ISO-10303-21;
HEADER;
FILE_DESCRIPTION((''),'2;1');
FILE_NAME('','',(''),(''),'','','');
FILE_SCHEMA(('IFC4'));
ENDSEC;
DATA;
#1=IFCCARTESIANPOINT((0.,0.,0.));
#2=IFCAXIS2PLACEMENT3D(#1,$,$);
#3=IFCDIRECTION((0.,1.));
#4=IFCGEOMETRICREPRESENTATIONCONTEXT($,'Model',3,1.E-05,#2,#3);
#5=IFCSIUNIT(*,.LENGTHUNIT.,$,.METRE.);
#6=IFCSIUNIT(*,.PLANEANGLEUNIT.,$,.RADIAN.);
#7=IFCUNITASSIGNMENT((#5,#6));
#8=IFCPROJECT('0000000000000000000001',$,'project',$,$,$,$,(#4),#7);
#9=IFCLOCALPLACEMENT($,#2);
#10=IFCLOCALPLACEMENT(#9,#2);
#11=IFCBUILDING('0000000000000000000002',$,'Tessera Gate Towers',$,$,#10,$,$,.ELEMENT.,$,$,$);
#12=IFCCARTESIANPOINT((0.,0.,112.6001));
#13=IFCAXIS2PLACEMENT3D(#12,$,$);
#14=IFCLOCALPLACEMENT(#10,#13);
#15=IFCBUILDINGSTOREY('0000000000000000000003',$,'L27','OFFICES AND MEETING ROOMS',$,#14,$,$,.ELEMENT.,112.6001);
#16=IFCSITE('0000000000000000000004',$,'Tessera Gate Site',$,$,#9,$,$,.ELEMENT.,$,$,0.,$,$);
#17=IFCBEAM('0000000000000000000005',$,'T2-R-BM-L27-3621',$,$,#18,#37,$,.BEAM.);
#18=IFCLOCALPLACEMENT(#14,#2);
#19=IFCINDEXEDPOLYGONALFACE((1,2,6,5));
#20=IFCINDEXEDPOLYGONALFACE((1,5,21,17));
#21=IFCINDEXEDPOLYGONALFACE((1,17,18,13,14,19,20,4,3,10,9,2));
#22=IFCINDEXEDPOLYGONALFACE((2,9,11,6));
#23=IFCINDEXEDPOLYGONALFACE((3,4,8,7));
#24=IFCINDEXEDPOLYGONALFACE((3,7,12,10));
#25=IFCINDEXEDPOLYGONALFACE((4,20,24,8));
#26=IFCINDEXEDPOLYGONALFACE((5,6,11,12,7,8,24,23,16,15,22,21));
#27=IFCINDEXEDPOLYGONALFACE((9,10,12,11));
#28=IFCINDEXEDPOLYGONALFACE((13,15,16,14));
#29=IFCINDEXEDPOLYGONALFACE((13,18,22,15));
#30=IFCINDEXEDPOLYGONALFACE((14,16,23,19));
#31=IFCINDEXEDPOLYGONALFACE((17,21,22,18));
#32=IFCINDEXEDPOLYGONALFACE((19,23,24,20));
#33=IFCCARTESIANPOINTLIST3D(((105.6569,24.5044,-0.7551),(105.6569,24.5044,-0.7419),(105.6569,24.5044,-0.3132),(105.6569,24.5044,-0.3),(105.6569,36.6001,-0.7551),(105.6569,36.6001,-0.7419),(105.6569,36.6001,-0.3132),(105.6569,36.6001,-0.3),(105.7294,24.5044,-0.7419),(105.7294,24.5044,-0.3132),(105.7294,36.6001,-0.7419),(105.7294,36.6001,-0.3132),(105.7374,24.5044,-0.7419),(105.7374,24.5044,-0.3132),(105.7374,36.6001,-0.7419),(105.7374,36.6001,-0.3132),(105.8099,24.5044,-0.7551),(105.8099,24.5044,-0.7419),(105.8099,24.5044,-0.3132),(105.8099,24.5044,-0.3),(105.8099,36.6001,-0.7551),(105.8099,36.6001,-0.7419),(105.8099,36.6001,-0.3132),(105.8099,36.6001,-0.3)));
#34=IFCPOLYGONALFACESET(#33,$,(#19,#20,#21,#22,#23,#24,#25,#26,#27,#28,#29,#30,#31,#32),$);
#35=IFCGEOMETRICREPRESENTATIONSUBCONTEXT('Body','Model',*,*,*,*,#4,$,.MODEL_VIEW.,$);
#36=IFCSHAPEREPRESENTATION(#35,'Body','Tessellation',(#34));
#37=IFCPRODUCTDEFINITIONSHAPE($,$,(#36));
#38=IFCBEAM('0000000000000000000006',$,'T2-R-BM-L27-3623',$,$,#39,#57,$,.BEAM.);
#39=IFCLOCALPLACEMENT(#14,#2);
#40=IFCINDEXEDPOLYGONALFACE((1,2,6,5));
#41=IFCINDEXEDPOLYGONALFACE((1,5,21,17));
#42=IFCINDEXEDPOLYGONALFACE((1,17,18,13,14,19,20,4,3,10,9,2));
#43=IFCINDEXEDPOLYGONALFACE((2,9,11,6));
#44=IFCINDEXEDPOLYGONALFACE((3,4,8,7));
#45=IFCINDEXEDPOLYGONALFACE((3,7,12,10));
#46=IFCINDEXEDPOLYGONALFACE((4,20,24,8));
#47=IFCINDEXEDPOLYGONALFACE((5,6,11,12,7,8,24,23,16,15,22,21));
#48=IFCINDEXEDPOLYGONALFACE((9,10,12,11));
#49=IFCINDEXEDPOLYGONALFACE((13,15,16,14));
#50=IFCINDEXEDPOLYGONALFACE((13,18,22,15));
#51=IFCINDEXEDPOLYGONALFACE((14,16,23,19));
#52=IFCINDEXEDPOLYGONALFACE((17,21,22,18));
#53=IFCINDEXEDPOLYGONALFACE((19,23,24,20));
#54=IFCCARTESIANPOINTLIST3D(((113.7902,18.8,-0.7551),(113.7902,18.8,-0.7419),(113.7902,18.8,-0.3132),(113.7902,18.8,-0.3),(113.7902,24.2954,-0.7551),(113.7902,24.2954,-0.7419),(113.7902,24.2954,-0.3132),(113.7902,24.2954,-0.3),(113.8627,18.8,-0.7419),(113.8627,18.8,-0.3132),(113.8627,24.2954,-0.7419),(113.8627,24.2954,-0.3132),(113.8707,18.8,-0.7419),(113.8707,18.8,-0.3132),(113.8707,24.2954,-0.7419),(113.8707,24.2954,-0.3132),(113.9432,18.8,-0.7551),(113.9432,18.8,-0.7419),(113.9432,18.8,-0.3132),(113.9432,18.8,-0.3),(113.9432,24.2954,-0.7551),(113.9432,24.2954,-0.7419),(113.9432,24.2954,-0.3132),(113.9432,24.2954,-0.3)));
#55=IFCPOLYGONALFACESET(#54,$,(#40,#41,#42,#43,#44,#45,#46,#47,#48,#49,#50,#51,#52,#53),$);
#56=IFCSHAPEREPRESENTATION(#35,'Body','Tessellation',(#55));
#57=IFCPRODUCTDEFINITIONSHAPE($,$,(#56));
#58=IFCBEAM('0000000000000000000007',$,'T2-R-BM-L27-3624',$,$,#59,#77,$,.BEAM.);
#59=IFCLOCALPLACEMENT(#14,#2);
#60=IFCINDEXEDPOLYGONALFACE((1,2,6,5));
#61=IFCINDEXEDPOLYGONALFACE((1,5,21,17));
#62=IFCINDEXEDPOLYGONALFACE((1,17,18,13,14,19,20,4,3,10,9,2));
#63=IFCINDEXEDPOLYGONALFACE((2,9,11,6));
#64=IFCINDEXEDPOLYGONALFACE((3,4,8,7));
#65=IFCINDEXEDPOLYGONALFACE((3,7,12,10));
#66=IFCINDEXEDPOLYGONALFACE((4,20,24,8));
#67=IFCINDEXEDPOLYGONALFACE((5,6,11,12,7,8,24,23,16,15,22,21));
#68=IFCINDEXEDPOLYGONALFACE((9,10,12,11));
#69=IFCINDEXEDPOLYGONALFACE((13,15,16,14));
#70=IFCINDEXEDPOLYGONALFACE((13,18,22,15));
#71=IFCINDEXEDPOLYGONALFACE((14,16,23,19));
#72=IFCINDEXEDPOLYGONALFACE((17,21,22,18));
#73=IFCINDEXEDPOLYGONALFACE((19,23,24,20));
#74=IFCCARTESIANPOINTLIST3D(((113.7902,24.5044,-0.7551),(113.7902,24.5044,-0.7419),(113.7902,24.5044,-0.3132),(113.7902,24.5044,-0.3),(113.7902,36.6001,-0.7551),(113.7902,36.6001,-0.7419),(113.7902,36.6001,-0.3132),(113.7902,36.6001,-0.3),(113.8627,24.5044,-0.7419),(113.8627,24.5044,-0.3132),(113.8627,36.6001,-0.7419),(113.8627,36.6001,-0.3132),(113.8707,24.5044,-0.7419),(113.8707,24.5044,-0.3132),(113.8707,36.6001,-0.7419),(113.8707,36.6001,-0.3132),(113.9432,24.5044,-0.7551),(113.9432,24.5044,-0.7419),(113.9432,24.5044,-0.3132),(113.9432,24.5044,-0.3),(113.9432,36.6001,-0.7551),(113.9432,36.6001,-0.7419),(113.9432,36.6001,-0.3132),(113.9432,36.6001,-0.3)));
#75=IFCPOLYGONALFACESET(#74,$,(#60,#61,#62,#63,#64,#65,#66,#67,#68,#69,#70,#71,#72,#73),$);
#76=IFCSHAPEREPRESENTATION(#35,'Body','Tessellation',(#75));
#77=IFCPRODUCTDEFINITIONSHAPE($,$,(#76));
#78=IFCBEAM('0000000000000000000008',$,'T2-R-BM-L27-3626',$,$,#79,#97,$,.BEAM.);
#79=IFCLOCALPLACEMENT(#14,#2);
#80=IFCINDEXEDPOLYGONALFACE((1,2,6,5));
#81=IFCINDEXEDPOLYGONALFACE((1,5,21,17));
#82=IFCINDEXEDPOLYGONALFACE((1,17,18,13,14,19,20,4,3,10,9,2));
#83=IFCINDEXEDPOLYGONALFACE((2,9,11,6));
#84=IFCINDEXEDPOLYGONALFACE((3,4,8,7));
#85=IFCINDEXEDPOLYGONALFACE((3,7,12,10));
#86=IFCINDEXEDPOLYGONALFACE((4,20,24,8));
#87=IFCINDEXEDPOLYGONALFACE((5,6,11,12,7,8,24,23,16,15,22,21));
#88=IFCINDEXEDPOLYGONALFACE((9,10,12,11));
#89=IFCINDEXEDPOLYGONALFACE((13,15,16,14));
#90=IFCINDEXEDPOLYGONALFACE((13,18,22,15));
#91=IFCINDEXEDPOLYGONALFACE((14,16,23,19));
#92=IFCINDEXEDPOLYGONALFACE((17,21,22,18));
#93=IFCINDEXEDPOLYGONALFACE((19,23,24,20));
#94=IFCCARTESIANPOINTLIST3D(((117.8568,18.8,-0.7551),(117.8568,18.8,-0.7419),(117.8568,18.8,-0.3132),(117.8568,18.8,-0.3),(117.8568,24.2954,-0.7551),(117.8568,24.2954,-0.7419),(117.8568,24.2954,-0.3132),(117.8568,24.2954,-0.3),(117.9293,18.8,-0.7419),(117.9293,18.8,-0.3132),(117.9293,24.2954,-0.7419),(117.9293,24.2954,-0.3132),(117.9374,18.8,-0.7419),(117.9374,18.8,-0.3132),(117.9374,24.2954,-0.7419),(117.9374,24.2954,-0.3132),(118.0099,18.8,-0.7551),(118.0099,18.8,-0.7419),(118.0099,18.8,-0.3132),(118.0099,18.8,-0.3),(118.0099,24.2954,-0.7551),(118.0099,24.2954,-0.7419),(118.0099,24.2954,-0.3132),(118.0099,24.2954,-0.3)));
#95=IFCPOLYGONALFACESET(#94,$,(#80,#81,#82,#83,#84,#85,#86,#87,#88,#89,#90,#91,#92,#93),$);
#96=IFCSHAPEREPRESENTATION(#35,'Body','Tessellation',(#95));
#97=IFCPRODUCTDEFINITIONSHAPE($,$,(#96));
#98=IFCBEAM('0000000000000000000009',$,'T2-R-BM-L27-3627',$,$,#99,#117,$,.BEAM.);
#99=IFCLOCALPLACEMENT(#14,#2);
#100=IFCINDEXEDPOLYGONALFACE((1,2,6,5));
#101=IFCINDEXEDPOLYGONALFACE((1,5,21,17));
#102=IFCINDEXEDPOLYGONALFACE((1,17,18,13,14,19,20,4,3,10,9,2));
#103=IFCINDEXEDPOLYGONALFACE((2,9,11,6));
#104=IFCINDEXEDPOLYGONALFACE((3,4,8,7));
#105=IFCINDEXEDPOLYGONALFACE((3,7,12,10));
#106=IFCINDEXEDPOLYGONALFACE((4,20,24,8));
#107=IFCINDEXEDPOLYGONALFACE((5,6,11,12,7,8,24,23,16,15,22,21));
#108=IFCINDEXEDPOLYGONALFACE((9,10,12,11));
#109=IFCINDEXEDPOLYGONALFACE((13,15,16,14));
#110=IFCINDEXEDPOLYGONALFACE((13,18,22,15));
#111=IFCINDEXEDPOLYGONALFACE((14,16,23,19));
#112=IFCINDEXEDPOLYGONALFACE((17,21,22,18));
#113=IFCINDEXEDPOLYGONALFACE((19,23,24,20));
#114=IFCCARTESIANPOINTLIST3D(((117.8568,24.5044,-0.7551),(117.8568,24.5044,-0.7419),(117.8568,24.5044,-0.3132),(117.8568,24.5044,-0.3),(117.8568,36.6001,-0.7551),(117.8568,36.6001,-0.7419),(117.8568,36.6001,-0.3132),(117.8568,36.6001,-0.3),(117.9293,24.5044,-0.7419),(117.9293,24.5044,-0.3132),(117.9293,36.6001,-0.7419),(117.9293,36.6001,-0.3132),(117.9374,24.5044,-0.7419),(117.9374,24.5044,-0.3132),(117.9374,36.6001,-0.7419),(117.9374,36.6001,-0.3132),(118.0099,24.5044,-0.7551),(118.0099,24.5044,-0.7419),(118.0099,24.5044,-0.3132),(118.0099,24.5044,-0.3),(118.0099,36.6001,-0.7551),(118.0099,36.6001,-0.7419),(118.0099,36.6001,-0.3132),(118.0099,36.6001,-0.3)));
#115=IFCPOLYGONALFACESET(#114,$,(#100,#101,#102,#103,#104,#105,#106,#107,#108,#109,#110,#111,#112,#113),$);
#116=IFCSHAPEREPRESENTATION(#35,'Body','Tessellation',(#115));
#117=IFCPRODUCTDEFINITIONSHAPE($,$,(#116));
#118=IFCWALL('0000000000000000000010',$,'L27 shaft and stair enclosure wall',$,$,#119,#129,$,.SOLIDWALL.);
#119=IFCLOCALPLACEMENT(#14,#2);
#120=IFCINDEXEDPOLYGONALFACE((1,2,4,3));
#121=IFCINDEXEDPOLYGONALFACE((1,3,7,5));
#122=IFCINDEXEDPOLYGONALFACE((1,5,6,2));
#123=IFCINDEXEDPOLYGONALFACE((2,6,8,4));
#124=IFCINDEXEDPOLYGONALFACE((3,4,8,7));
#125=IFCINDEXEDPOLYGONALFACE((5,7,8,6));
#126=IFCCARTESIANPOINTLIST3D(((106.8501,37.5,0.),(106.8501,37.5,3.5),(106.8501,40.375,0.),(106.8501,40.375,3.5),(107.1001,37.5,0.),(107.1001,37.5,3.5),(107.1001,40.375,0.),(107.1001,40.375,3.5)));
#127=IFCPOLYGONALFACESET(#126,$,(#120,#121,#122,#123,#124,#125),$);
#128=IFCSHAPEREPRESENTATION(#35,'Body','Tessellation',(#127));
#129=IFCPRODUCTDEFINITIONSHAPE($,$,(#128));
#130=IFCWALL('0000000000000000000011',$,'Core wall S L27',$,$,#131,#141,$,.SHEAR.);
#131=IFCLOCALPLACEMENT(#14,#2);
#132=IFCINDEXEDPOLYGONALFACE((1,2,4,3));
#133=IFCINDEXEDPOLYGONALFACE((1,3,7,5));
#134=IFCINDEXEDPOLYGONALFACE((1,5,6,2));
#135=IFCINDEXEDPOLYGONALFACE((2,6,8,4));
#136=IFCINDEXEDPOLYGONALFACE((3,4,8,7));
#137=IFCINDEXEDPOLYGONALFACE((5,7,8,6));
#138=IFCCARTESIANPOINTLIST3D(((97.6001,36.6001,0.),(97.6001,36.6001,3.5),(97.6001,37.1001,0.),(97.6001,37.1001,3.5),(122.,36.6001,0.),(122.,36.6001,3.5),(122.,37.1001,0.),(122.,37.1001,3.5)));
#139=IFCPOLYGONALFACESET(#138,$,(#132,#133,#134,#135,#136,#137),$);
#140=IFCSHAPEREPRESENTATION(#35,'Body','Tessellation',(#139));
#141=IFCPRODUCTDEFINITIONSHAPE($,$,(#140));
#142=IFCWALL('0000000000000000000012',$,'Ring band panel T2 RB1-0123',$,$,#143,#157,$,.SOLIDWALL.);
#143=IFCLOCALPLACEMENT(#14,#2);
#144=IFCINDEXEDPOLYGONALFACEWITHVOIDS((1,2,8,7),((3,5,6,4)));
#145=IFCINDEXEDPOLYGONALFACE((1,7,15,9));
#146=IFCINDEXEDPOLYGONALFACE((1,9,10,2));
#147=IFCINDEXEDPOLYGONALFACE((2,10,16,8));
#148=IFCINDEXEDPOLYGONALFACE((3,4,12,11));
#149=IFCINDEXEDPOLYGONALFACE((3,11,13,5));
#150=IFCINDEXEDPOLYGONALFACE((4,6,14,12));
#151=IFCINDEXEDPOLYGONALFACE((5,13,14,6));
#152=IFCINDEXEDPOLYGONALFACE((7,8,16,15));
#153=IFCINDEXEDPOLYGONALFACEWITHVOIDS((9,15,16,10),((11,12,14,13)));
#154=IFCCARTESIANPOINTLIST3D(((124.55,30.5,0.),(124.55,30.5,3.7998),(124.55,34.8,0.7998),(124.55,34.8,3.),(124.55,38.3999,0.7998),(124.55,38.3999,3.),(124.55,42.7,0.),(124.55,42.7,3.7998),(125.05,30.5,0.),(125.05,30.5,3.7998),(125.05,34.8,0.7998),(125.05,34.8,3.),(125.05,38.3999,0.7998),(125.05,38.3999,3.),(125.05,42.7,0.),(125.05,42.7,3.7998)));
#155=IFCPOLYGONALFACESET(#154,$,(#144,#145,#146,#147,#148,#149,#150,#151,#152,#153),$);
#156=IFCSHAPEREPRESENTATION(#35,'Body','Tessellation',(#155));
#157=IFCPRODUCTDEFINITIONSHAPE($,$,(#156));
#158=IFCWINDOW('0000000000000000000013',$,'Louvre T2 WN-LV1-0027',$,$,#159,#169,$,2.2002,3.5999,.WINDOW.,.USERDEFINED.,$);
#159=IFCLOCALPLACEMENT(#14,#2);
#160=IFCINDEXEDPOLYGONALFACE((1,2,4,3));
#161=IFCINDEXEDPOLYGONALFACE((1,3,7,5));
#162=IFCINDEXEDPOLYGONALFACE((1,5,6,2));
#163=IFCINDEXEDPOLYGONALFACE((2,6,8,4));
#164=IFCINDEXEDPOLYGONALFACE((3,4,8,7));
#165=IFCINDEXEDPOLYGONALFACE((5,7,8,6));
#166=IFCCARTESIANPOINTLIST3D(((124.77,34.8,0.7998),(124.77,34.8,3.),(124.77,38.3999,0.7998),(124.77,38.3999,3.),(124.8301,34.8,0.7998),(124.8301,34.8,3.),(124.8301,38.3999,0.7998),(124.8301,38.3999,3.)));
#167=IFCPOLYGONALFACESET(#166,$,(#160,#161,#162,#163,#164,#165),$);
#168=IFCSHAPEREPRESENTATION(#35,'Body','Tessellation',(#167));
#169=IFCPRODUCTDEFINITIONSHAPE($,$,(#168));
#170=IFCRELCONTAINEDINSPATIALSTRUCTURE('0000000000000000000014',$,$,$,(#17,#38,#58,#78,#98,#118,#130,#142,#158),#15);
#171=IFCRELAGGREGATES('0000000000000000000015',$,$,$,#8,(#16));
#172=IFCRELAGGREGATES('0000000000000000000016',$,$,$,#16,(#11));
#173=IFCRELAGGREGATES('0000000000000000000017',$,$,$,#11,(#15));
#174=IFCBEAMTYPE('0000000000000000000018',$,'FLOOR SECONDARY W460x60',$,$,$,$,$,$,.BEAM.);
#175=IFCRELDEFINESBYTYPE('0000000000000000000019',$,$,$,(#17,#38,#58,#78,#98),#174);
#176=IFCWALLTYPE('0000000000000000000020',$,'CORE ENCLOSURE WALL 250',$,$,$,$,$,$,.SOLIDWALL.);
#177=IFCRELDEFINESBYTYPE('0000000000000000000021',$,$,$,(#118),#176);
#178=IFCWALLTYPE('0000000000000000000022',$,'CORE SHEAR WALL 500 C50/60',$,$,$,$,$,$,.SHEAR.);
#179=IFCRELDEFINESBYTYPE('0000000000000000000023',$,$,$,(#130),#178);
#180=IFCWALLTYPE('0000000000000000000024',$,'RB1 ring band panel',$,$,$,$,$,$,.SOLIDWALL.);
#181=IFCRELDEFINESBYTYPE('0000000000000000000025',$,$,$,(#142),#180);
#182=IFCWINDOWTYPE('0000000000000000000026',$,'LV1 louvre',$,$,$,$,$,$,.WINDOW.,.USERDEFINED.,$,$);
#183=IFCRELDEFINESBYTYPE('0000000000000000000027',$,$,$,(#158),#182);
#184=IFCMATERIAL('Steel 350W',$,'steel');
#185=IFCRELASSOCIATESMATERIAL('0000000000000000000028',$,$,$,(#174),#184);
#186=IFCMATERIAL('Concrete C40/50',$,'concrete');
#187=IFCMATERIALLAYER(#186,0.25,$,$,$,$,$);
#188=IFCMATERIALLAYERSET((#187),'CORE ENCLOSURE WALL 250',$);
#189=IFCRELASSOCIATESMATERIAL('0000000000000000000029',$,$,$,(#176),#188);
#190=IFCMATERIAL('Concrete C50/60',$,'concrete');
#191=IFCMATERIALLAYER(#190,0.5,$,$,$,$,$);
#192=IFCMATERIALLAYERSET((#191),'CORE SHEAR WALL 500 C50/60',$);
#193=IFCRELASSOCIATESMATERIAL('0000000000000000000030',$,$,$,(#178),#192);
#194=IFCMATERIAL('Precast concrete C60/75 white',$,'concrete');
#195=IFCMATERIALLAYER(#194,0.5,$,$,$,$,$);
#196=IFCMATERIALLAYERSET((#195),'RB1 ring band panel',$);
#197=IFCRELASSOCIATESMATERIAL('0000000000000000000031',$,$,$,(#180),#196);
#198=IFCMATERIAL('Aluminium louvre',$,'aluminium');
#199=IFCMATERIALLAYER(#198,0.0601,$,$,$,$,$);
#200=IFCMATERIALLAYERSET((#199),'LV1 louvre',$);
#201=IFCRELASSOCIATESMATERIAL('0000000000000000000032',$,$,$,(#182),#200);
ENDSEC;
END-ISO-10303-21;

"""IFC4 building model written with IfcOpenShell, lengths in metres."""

from ifc_helpers import new_model, si_unit, direction, frame, frame_2d, origin, origin_2d, place, context, subcontext, project, spatial, polyline, rectangle, i_section, outline, extrude, source, transform, mapped, material, layer, layer_set, material_profile, profile_set, type_object, element, fill, save


model = new_model("IFC4")

# Units and contexts
model_context = context("Model", 3, precision=1e-05, world=origin(), true_north=direction((0.0, 1.0)))
body_context = subcontext(model_context, "Body", "Model", "MODEL_VIEW")
ifc_project = project(units=[si_unit("LENGTHUNIT", "METRE"), si_unit("PLANEANGLEUNIT", "RADIAN")], contexts=[model_context])

# Site, building, storey
site_placement = place(None, origin())
site = spatial("IfcSite", under=ifc_project, at=site_placement, Name="Tessera Gate Site", CompositionType="ELEMENT", RefElevation=0.0)
building_placement = place(site_placement, origin())
building = spatial("IfcBuilding", under=site, at=building_placement, Name="Tessera Gate Towers", CompositionType="ELEMENT")
storey_placement = place(building_placement, frame((0.0, 0.0, 112.6001)))
storey = spatial("IfcBuildingStorey", under=building, at=storey_placement, Name="L27", Description="OFFICES AND MEETING ROOMS", CompositionType="ELEMENT", Elevation=112.6001)

# Beams
ifc_material_1 = material(Name="Steel 350W", Category="steel")
ifc_material_profile_1 = material_profile(ifc_material_1, i_section(OverallWidth=0.1531, OverallDepth=0.4551, WebThickness=0.0081, FlangeThickness=0.0132, at=origin_2d()), Name="W460x60")
ifc_profile_set_1 = profile_set([ifc_material_profile_1], Name="Steel 350W")
beam_type_1 = type_object("IfcBeamType", Name="FLOOR SECONDARY W460x60", PredefinedType="BEAM", material=ifc_profile_set_1)
beam_1_placement = place(storey_placement, frame((105.7334, 24.5044, -0.5276), z_axis=(0.0, 1.0, 0.0), x_axis=(-1.0, 0.0, 0.0)))
element("IfcBeam", 1, at=beam_1_placement, inside=storey, type_object=beam_type_1, Name="T2-R-BM-L27-3621", PredefinedType="BEAM", context=body_context, shape_type="SweptSolid", body=[
    extrude(i_section(OverallWidth=0.1531, OverallDepth=0.4551, WebThickness=0.0081, FlangeThickness=0.0132, at=origin_2d()), origin(), (0.0, 0.0, 1.0), 12.0957),
])
beam_2_placement = place(storey_placement, frame((113.8667, 18.8, -0.5276), z_axis=(0.0, 1.0, 0.0), x_axis=(-1.0, 0.0, 0.0)))
element("IfcBeam", 2, at=beam_2_placement, inside=storey, type_object=beam_type_1, Name="T2-R-BM-L27-3623", PredefinedType="BEAM", context=body_context, shape_type="SweptSolid", body=[
    extrude(i_section(OverallWidth=0.1531, OverallDepth=0.4551, WebThickness=0.0081, FlangeThickness=0.0132, at=origin_2d()), origin(), (0.0, 0.0, 1.0), 5.4954),
])
beam_3_placement = place(storey_placement, frame((113.8667, 24.5044, -0.5276), z_axis=(0.0, 1.0, 0.0), x_axis=(-1.0, 0.0, 0.0)))
element("IfcBeam", 3, at=beam_3_placement, inside=storey, type_object=beam_type_1, Name="T2-R-BM-L27-3624", PredefinedType="BEAM", context=body_context, shape_type="SweptSolid", body=[
    extrude(i_section(OverallWidth=0.1531, OverallDepth=0.4551, WebThickness=0.0081, FlangeThickness=0.0132, at=origin_2d()), origin(), (0.0, 0.0, 1.0), 12.0957),
])
beam_4_placement = place(storey_placement, frame((117.9333, 18.8, -0.5276), z_axis=(0.0, 1.0, 0.0), x_axis=(-1.0, 0.0, 0.0)))
element("IfcBeam", 4, at=beam_4_placement, inside=storey, type_object=beam_type_1, Name="T2-R-BM-L27-3626", PredefinedType="BEAM", context=body_context, shape_type="SweptSolid", body=[
    extrude(i_section(OverallWidth=0.1531, OverallDepth=0.4551, WebThickness=0.0081, FlangeThickness=0.0132, at=origin_2d()), origin(), (0.0, 0.0, 1.0), 5.4954),
])
beam_5_placement = place(storey_placement, frame((117.9333, 24.5044, -0.5276), z_axis=(0.0, 1.0, 0.0), x_axis=(-1.0, 0.0, 0.0)))
element("IfcBeam", 5, at=beam_5_placement, inside=storey, type_object=beam_type_1, Name="T2-R-BM-L27-3627", PredefinedType="BEAM", context=body_context, shape_type="SweptSolid", body=[
    extrude(i_section(OverallWidth=0.1531, OverallDepth=0.4551, WebThickness=0.0081, FlangeThickness=0.0132, at=origin_2d()), origin(), (0.0, 0.0, 1.0), 12.0957),
])

# Walls
ifc_material_2 = material(Name="Concrete C40/50", Category="concrete")
ifc_layer_1 = layer(ifc_material_2, 0.25)
ifc_layer_set_1 = layer_set([ifc_layer_1], Name="CORE ENCLOSURE WALL 250")
wall_type_1 = type_object("IfcWallType", Name="CORE ENCLOSURE WALL 250", PredefinedType="SOLIDWALL", material=ifc_layer_set_1)
wall_1_placement = place(storey_placement, frame((106.9751, 37.5, 0.0), z_axis=(0.0, 0.0, 1.0), x_axis=(0.0, 1.0, 0.0)))
element("IfcWall", 6, at=wall_1_placement, inside=storey, type_object=wall_type_1, Name="L27 shaft and stair enclosure wall", PredefinedType="SOLIDWALL", context=body_context, shape_type="SweptSolid", body=[
    extrude(rectangle(XDim=2.875, YDim=0.25, at=frame_2d((1.4375, 0.0))), origin(), (0.0, 0.0, 1.0), 3.5),
])
ifc_material_3 = material(Name="Concrete C50/60", Category="concrete")
ifc_layer_2 = layer(ifc_material_3, 0.5)
ifc_layer_set_2 = layer_set([ifc_layer_2], Name="CORE SHEAR WALL 500 C50/60")
wall_type_2 = type_object("IfcWallType", Name="CORE SHEAR WALL 500 C50/60", PredefinedType="SHEAR", material=ifc_layer_set_2)
wall_2_placement = place(storey_placement, frame((122.0, 36.8501, 0.0), z_axis=(0.0, 0.0, 1.0), x_axis=(-1.0, 0.0, 0.0)))
element("IfcWall", 7, at=wall_2_placement, inside=storey, type_object=wall_type_2, Name="Core wall S L27", PredefinedType="SHEAR", context=body_context, shape_type="SweptSolid", body=[
    extrude(rectangle(XDim=24.3999, YDim=0.5, at=frame_2d((12.2, 0.0))), origin(), (0.0, 0.0, 1.0), 3.5),
])

# Wall, opening, window
ifc_material_4 = material(Name="Precast concrete C60/75 white", Category="concrete")
ifc_layer_3 = layer(ifc_material_4, 0.5)
ifc_layer_set_3 = layer_set([ifc_layer_3], Name="RB1 ring band panel")
wall_type_3 = type_object("IfcWallType", Name="RB1 ring band panel", PredefinedType="SOLIDWALL", material=ifc_layer_set_3)
shared_shape_1 = source(origin(), body_context, "Body", "SweptSolid", [
    extrude(outline(polyline([(0.0, 0.0), (12.2, 0.0), (12.2, 3.7998), (0.0, 3.7998), (0.0, 0.0)])), frame((0.0, 0.25, 0.0), z_axis=(0.0, -1.0, 0.0), x_axis=(1.0, 0.0, 0.0)), (0.0, 0.0, 1.0), 0.5),
])
wall_3_placement = place(storey_placement, frame((124.8, 30.5, 0.0), z_axis=(0.0, 0.0, 1.0), x_axis=(0.0, 1.0, 0.0)))
wall_3 = element("IfcWall", 8, at=wall_3_placement, inside=storey, type_object=wall_type_3, Name="Ring band panel T2 RB1-0123", PredefinedType="SOLIDWALL", context=body_context, shape_type="MappedRepresentation", body=[
    mapped(shared_shape_1, transform((0.0, 0.0, 0.0), scale=1.0)),
])
shared_shape_2 = source(origin(), body_context, "Body", "SweptSolid", [
    extrude(outline(polyline([(4.3, 0.7998), (7.8999, 0.7998), (7.8999, 3.0), (4.3, 3.0), (4.3, 0.7998)])), frame((0.0, 0.26, 0.0), z_axis=(0.0, -1.0, 0.0), x_axis=(1.0, 0.0, 0.0)), (0.0, 0.0, 1.0), 0.52),
])
opening_placement = place(wall_3_placement, origin())
opening = element("IfcOpeningElement", 9, at=opening_placement, cuts=wall_3, PredefinedType="OPENING", context=body_context, shape_type="MappedRepresentation", body=[
    mapped(shared_shape_2, transform((0.0, 0.0, 0.0), scale=1.0)),
])
ifc_material_5 = material(Name="Aluminium louvre", Category="aluminium")
ifc_layer_4 = layer(ifc_material_5, 0.0601)
ifc_layer_set_4 = layer_set([ifc_layer_4], Name="LV1 louvre")
window_type = type_object("IfcWindowType", Name="LV1 louvre", PartitioningType="USERDEFINED", PredefinedType="WINDOW", material=ifc_layer_set_4)
shared_shape_3 = source(origin(), body_context, "Body", "SweptSolid", [
    extrude(outline(polyline([(4.3, 0.7998), (7.8999, 0.7998), (7.8999, 3.0), (4.3, 3.0), (4.3, 0.7998)])), frame((0.0, 0.03, 0.0), z_axis=(0.0, -1.0, 0.0), x_axis=(1.0, 0.0, 0.0)), (0.0, 0.0, 1.0), 0.0601),
])
window_placement = place(opening_placement, origin())
window = element("IfcWindow", 10, at=window_placement, inside=storey, type_object=window_type, Name="Louvre T2 WN-LV1-0027", OverallHeight=2.2002, OverallWidth=3.5999, PartitioningType="USERDEFINED", PredefinedType="WINDOW", context=body_context, shape_type="MappedRepresentation", body=[
    mapped(shared_shape_3, transform((0.0, 0.0, 0.0), scale=1.0)),
])
fill(opening, window)

save(model, "model.ifc")
